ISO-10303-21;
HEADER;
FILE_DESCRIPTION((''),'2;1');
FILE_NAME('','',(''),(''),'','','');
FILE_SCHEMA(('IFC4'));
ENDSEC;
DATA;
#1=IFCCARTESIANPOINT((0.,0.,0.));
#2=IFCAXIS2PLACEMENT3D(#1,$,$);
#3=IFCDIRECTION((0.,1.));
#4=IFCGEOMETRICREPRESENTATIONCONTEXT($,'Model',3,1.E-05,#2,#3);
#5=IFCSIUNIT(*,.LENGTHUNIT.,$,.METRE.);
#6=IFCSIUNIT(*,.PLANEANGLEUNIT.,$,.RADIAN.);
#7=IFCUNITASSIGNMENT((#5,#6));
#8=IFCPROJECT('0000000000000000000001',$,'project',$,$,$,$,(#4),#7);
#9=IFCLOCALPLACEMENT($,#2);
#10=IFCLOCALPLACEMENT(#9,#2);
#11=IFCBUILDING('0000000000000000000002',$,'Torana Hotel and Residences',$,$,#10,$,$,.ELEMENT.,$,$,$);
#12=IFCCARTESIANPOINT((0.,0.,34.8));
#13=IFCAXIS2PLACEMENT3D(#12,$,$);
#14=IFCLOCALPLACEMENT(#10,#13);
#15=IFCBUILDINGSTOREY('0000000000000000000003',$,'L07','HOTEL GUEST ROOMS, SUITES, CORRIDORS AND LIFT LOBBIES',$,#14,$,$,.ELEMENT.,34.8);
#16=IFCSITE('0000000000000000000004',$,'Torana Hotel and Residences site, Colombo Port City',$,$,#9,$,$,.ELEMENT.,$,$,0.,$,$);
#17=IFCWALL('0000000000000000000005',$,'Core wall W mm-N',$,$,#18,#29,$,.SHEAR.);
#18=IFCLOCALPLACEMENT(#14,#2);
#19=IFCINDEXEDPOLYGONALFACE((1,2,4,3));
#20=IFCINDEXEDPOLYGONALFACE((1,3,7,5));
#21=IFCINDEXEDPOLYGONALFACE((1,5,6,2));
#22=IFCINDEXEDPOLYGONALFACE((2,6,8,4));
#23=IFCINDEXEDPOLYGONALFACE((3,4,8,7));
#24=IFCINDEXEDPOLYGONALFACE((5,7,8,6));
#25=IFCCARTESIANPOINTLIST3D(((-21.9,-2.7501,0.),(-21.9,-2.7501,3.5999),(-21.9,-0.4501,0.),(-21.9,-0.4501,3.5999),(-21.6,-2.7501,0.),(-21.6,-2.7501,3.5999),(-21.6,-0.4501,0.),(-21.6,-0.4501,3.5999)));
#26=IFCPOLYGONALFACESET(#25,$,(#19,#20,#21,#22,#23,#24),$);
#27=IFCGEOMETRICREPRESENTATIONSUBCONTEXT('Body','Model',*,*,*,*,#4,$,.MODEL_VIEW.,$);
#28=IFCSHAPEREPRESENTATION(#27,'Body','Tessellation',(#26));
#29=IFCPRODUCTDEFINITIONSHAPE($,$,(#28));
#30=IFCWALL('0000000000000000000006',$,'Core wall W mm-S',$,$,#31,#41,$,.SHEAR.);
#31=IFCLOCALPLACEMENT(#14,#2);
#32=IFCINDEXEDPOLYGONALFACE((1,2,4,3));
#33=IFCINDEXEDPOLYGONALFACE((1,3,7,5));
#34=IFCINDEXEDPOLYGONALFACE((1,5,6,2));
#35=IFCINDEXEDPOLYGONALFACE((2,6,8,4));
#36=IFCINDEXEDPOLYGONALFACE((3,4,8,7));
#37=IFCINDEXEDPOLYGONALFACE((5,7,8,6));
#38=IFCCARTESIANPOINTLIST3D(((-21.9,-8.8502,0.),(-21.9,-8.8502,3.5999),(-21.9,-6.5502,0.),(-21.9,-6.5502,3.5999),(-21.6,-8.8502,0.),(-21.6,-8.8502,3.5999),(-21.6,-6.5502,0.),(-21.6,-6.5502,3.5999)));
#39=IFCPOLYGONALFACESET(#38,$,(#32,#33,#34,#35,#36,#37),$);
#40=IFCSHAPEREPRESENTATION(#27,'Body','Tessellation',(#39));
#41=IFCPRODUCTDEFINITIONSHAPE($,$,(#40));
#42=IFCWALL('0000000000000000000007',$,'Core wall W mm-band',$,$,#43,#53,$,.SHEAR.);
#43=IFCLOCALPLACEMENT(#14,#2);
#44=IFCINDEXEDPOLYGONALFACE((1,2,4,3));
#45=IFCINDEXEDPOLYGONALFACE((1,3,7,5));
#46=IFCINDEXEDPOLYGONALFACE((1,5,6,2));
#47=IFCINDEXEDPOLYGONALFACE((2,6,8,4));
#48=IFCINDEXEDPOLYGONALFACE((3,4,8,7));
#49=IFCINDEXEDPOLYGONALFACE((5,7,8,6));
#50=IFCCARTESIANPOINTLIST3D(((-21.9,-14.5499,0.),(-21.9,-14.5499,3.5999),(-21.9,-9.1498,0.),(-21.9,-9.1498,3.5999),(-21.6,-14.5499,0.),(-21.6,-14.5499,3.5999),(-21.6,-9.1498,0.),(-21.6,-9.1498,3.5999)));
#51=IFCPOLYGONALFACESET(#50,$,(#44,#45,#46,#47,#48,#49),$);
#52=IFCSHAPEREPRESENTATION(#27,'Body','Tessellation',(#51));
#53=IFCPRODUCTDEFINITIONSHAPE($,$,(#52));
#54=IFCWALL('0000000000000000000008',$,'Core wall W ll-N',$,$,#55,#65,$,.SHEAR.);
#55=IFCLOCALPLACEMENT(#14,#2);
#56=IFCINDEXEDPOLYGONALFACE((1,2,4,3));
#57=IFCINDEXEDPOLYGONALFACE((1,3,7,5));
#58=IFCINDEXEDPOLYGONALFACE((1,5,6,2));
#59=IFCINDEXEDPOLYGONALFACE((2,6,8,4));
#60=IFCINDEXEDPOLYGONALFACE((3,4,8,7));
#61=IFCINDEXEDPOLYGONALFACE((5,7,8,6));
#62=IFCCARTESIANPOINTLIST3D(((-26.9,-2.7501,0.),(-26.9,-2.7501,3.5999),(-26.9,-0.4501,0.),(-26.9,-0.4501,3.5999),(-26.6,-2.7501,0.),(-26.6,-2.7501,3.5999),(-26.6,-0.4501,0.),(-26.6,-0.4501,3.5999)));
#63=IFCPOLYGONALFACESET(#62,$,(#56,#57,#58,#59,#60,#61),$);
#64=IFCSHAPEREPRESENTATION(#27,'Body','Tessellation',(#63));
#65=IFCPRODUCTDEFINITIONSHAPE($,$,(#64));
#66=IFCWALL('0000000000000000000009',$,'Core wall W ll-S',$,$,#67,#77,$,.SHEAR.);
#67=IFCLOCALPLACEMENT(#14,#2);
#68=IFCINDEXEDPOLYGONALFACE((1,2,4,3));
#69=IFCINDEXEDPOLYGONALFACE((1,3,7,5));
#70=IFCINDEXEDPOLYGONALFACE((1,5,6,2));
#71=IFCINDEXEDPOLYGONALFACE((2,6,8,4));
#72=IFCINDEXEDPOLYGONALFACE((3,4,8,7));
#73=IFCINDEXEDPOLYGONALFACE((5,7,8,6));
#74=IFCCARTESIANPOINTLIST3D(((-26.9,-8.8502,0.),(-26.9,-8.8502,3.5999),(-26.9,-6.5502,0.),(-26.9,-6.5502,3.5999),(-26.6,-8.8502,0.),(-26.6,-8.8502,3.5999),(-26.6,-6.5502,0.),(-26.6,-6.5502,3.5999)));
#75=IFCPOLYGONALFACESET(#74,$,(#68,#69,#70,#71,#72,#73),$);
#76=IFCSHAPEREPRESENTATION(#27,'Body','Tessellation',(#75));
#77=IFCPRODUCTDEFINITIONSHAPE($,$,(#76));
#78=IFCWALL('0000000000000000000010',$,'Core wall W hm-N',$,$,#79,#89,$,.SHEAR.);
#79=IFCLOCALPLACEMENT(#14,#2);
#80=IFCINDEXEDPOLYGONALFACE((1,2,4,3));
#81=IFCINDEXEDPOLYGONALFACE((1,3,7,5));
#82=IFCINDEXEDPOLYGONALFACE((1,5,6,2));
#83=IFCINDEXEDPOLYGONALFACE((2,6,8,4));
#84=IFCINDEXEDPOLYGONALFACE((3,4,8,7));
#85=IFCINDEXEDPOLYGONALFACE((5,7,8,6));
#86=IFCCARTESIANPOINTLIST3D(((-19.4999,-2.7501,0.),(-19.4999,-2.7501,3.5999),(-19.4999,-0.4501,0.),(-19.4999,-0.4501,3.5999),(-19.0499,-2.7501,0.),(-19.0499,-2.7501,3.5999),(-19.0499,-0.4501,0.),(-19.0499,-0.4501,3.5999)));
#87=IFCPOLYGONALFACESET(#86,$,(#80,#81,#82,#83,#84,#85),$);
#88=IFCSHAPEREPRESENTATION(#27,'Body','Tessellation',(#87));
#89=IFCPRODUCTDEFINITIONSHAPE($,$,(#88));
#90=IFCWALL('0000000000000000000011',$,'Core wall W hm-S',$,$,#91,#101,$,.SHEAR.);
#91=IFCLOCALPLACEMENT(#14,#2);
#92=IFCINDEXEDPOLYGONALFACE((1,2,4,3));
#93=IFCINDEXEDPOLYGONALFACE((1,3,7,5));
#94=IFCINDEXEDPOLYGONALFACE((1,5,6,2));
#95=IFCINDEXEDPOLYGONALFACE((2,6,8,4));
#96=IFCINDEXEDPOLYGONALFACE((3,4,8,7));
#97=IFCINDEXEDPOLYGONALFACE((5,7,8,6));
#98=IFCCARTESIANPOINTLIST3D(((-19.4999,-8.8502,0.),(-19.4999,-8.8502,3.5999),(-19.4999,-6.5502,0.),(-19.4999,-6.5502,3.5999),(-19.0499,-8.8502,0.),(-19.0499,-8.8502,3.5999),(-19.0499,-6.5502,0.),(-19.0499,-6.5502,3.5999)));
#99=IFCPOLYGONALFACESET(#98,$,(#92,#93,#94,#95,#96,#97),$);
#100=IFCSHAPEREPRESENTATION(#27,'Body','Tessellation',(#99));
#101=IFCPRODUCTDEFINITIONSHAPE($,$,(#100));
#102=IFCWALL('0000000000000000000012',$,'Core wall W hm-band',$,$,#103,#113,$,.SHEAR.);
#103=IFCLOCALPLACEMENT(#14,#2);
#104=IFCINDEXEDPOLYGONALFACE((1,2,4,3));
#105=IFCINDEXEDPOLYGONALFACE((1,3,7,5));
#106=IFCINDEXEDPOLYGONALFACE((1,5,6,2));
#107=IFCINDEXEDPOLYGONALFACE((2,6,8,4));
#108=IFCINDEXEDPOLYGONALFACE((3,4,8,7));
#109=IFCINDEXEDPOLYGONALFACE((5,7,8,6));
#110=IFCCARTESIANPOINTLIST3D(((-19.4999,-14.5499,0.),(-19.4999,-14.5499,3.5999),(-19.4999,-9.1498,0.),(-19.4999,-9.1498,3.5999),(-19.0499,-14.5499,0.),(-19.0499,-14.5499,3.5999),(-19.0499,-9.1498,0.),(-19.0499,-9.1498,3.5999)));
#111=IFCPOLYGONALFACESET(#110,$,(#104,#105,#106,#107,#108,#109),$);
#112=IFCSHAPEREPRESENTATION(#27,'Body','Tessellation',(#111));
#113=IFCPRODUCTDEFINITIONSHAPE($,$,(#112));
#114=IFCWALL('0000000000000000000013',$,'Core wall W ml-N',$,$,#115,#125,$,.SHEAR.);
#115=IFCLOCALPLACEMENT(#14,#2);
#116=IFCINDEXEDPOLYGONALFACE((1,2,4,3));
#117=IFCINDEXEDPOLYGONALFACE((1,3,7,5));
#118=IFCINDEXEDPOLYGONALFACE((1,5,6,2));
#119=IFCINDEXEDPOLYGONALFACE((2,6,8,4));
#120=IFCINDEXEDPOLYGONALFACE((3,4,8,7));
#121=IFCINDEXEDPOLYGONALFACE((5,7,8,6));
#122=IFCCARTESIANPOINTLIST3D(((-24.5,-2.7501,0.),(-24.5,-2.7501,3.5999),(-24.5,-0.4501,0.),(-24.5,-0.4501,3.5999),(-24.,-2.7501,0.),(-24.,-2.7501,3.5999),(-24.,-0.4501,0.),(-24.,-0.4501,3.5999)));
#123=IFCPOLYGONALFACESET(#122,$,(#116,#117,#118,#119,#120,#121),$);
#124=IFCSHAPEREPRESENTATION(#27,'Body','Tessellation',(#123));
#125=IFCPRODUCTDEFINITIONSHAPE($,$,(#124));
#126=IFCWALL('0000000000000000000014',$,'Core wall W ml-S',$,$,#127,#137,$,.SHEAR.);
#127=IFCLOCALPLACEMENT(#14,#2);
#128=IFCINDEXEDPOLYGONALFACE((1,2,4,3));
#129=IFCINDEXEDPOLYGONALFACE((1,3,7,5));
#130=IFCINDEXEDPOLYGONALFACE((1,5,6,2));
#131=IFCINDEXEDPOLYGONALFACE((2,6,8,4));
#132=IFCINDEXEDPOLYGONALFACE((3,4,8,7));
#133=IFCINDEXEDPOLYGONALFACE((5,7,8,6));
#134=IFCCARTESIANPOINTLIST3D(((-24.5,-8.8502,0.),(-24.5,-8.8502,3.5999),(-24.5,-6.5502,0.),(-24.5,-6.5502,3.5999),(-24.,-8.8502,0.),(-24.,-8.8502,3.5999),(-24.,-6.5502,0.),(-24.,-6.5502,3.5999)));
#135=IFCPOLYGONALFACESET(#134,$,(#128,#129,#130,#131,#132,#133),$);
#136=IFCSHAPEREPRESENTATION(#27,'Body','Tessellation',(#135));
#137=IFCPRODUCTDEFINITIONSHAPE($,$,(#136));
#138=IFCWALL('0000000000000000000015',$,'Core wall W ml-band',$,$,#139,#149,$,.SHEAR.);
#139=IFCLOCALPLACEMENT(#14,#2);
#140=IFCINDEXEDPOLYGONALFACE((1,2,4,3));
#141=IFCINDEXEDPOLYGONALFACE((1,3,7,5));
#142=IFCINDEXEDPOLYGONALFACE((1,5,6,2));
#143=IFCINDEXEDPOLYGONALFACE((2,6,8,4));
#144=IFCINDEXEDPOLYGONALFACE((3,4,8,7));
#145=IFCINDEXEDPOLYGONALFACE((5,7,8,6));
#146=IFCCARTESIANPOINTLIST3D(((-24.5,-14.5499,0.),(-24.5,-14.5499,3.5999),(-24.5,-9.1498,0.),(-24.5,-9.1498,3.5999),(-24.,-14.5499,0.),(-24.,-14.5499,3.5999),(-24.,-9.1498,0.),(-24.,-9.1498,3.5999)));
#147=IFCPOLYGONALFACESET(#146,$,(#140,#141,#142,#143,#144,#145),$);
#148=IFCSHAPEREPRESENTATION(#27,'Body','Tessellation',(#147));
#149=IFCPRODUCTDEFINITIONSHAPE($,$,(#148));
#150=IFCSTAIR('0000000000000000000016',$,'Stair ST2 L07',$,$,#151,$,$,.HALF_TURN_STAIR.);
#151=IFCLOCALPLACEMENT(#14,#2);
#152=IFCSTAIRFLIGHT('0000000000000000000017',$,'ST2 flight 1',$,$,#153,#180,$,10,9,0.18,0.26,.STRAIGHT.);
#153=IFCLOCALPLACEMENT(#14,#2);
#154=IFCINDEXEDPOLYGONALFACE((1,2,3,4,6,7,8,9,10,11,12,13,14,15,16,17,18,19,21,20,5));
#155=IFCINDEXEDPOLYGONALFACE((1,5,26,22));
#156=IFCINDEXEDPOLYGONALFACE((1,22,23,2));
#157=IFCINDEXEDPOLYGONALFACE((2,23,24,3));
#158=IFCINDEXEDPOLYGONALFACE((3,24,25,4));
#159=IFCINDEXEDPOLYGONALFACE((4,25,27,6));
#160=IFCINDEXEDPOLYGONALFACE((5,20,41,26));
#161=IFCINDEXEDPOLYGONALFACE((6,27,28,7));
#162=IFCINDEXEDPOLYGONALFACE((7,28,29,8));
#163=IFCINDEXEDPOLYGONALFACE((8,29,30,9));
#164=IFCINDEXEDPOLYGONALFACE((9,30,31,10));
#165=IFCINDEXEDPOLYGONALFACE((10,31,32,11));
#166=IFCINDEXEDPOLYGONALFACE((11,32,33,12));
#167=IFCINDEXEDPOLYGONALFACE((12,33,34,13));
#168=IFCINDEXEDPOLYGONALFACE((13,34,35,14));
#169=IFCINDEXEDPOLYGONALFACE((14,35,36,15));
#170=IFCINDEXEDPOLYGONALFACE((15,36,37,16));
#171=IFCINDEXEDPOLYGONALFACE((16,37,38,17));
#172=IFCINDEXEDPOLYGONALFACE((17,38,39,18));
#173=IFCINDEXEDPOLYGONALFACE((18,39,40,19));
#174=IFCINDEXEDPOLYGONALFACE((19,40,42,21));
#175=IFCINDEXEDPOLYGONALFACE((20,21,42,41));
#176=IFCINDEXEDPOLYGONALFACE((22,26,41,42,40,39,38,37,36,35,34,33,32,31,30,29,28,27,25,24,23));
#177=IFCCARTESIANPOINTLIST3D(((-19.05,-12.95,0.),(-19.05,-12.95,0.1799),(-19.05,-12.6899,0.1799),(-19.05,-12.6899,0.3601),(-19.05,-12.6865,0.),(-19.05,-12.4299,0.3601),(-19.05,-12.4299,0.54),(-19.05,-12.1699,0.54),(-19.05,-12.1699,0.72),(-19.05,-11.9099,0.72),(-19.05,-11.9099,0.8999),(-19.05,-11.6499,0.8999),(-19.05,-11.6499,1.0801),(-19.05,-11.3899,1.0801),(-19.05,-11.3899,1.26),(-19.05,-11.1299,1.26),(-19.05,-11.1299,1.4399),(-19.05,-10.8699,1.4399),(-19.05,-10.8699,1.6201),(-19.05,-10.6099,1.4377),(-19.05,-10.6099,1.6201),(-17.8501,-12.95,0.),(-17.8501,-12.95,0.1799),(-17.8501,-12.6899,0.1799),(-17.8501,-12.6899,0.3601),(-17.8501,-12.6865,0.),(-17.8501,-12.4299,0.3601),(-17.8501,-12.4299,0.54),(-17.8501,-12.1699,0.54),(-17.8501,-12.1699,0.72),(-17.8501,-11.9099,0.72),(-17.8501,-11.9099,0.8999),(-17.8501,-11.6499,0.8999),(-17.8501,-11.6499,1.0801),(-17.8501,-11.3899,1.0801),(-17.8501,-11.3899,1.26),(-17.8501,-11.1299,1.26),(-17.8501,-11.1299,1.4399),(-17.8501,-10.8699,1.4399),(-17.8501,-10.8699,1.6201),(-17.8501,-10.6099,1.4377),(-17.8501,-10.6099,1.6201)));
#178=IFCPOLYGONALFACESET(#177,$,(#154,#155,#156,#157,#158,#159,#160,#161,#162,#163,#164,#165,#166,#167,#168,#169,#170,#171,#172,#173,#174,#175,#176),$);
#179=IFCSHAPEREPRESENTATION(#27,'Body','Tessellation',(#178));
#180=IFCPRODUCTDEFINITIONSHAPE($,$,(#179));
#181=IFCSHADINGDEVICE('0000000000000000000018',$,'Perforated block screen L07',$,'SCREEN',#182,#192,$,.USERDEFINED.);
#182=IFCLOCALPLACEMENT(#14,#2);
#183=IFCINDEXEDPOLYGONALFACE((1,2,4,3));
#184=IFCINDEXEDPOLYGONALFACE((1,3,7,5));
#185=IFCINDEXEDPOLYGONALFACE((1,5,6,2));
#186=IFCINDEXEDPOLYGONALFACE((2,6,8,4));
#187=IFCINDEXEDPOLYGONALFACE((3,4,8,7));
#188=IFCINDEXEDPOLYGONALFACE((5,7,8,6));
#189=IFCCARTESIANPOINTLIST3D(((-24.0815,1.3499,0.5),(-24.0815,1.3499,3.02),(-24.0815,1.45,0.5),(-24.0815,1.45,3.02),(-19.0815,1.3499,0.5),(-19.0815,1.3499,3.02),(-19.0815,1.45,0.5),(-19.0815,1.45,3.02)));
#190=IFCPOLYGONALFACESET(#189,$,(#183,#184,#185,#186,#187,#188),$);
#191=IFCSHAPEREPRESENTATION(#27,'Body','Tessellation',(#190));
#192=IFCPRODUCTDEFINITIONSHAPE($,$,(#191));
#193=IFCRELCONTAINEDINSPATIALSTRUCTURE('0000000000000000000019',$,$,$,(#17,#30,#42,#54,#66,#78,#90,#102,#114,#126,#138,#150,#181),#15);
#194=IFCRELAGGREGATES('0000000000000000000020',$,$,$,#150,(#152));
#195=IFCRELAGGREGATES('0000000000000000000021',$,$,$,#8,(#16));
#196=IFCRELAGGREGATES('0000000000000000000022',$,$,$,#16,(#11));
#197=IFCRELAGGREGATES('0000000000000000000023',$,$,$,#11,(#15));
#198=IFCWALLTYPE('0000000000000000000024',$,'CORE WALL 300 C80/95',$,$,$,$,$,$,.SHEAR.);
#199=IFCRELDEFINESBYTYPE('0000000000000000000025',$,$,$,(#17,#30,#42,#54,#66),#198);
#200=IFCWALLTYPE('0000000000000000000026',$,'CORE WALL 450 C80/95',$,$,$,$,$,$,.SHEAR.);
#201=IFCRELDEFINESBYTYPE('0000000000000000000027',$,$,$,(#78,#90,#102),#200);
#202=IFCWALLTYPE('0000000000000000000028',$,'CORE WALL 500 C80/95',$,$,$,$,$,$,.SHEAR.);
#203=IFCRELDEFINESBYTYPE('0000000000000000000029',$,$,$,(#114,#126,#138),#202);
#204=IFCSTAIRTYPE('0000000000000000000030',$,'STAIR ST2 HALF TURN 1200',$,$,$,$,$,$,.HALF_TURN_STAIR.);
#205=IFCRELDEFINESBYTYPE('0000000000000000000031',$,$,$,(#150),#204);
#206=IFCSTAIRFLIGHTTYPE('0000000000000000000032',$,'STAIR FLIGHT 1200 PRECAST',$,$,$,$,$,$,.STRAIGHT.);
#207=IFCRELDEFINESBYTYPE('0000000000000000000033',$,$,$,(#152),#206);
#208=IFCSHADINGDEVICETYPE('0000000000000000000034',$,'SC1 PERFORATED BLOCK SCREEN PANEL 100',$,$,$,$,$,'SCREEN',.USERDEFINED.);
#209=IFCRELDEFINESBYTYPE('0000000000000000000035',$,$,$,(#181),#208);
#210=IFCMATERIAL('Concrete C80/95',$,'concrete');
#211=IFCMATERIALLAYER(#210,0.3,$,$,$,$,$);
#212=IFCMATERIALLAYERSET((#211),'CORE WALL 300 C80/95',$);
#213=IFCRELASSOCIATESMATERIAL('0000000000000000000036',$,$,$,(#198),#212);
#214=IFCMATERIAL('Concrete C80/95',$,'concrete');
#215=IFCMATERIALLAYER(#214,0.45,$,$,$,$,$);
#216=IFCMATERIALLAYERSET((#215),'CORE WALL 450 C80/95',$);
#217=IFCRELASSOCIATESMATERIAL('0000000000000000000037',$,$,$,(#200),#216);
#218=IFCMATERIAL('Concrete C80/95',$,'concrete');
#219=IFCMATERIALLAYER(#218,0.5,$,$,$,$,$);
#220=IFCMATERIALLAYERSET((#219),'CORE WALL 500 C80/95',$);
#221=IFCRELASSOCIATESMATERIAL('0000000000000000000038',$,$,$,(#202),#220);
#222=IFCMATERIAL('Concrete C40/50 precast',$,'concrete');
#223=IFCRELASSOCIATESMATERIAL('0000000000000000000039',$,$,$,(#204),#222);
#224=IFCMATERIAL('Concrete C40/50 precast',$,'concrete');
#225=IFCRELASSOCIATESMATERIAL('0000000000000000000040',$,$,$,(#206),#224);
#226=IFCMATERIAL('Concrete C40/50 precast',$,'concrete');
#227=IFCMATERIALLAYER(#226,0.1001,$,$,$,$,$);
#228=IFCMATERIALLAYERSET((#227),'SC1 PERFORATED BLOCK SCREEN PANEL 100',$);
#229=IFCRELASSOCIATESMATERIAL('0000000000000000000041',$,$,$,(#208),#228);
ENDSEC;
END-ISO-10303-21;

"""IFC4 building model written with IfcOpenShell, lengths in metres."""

from ifc_helpers import new_model, si_unit, direction, frame, frame_2d, origin, origin_2d, place, context, subcontext, project, spatial, polyline, rectangle, outline, extrude, material, layer, layer_set, type_object, element, aggregate, save


model = new_model("IFC4")

# Units and contexts
model_context = context("Model", 3, precision=1e-05, world=origin(), true_north=direction((0.0, 1.0)))
body_context = subcontext(model_context, "Body", "Model", "MODEL_VIEW")
ifc_project = project(units=[si_unit("LENGTHUNIT", "METRE"), si_unit("PLANEANGLEUNIT", "RADIAN")], contexts=[model_context])

# Site, building, storey
site_placement = place(None, origin())
site = spatial("IfcSite", under=ifc_project, at=site_placement, Name="Torana Hotel and Residences site, Colombo Port City", CompositionType="ELEMENT", RefElevation=0.0)
building_placement = place(site_placement, origin())
building = spatial("IfcBuilding", under=site, at=building_placement, Name="Torana Hotel and Residences", CompositionType="ELEMENT")
storey_placement = place(building_placement, frame((0.0, 0.0, 34.8)))
storey = spatial("IfcBuildingStorey", under=building, at=storey_placement, Name="L07", Description="HOTEL GUEST ROOMS, SUITES, CORRIDORS AND LIFT LOBBIES", CompositionType="ELEMENT", Elevation=34.8)

# Walls
ifc_material_1 = material(Name="Concrete C80/95", Category="concrete")
ifc_layer_1 = layer(ifc_material_1, 0.3)
ifc_layer_set_1 = layer_set([ifc_layer_1], Name="CORE WALL 300 C80/95")
wall_type_1 = type_object("IfcWallType", Name="CORE WALL 300 C80/95", PredefinedType="SHEAR", material=ifc_layer_set_1)
for number, where, z_axis, x_axis, name in (
    (1, (-21.75, -2.75, 0.0), (0.0, 0.0, 1.0), (0.0, 1.0, 0.0), "Core wall W mm-N"),
    (2, (-21.75, -8.8501, 0.0), (0.0, 0.0, 1.0), (0.0, 1.0, 0.0), "Core wall W mm-S"),
):
    element("IfcWall", number, at=place(storey_placement, frame(where, z_axis=z_axis, x_axis=x_axis)), inside=storey, type_object=wall_type_1, Name=name, PredefinedType="SHEAR", context=body_context, shape_type="SweptSolid", body=[
        extrude(rectangle(XDim=2.3, YDim=0.3, at=frame_2d((1.1499, 0.0))), origin(), (0.0, 0.0, 1.0), 3.5999),
    ])
wall_1_placement = place(storey_placement, frame((-21.75, -14.55, 0.0), z_axis=(0.0, 0.0, 1.0), x_axis=(0.0, 1.0, 0.0)))
element("IfcWall", 3, at=wall_1_placement, inside=storey, type_object=wall_type_1, Name="Core wall W mm-band", PredefinedType="SHEAR", context=body_context, shape_type="SweptSolid", body=[
    extrude(rectangle(XDim=5.4001, YDim=0.3, at=frame_2d((2.7002, 0.0))), origin(), (0.0, 0.0, 1.0), 3.5999),
])
for number, where, z_axis, x_axis, name in (
    (4, (-26.75, -2.75, 0.0), (0.0, 0.0, 1.0), (0.0, 1.0, 0.0), "Core wall W ll-N"),
    (5, (-26.75, -8.8501, 0.0), (0.0, 0.0, 1.0), (0.0, 1.0, 0.0), "Core wall W ll-S"),
):
    element("IfcWall", number, at=place(storey_placement, frame(where, z_axis=z_axis, x_axis=x_axis)), inside=storey, type_object=wall_type_1, Name=name, PredefinedType="SHEAR", context=body_context, shape_type="SweptSolid", body=[
        extrude(rectangle(XDim=2.3, YDim=0.3, at=frame_2d((1.1499, 0.0))), origin(), (0.0, 0.0, 1.0), 3.5999),
    ])
ifc_material_2 = material(Name="Concrete C80/95", Category="concrete")
ifc_layer_2 = layer(ifc_material_2, 0.45)
ifc_layer_set_2 = layer_set([ifc_layer_2], Name="CORE WALL 450 C80/95")
wall_type_2 = type_object("IfcWallType", Name="CORE WALL 450 C80/95", PredefinedType="SHEAR", material=ifc_layer_set_2)
for number, where, z_axis, x_axis, name in (
    (6, (-19.2749, -2.75, 0.0), (0.0, 0.0, 1.0), (0.0, 1.0, 0.0), "Core wall W hm-N"),
    (7, (-19.2749, -8.8501, 0.0), (0.0, 0.0, 1.0), (0.0, 1.0, 0.0), "Core wall W hm-S"),
):
    element("IfcWall", number, at=place(storey_placement, frame(where, z_axis=z_axis, x_axis=x_axis)), inside=storey, type_object=wall_type_2, Name=name, PredefinedType="SHEAR", context=body_context, shape_type="SweptSolid", body=[
        extrude(rectangle(XDim=2.3, YDim=0.45, at=frame_2d((1.1499, 0.0))), origin(), (0.0, 0.0, 1.0), 3.5999),
    ])
wall_2_placement = place(storey_placement, frame((-19.2749, -14.55, 0.0), z_axis=(0.0, 0.0, 1.0), x_axis=(0.0, 1.0, 0.0)))
element("IfcWall", 8, at=wall_2_placement, inside=storey, type_object=wall_type_2, Name="Core wall W hm-band", PredefinedType="SHEAR", context=body_context, shape_type="SweptSolid", body=[
    extrude(rectangle(XDim=5.4001, YDim=0.45, at=frame_2d((2.7002, 0.0))), origin(), (0.0, 0.0, 1.0), 3.5999),
])
ifc_material_3 = material(Name="Concrete C80/95", Category="concrete")
ifc_layer_3 = layer(ifc_material_3, 0.5)
ifc_layer_set_3 = layer_set([ifc_layer_3], Name="CORE WALL 500 C80/95")
wall_type_3 = type_object("IfcWallType", Name="CORE WALL 500 C80/95", PredefinedType="SHEAR", material=ifc_layer_set_3)
for number, where, z_axis, x_axis, name in (
    (9, (-24.25, -2.75, 0.0), (0.0, 0.0, 1.0), (0.0, 1.0, 0.0), "Core wall W ml-N"),
    (10, (-24.25, -8.8501, 0.0), (0.0, 0.0, 1.0), (0.0, 1.0, 0.0), "Core wall W ml-S"),
):
    element("IfcWall", number, at=place(storey_placement, frame(where, z_axis=z_axis, x_axis=x_axis)), inside=storey, type_object=wall_type_3, Name=name, PredefinedType="SHEAR", context=body_context, shape_type="SweptSolid", body=[
        extrude(rectangle(XDim=2.3, YDim=0.5, at=frame_2d((1.1499, 0.0))), origin(), (0.0, 0.0, 1.0), 3.5999),
    ])
wall_3_placement = place(storey_placement, frame((-24.25, -14.55, 0.0), z_axis=(0.0, 0.0, 1.0), x_axis=(0.0, 1.0, 0.0)))
element("IfcWall", 11, at=wall_3_placement, inside=storey, type_object=wall_type_3, Name="Core wall W ml-band", PredefinedType="SHEAR", context=body_context, shape_type="SweptSolid", body=[
    extrude(rectangle(XDim=5.4001, YDim=0.5, at=frame_2d((2.7002, 0.0))), origin(), (0.0, 0.0, 1.0), 3.5999),
])

# Stair, stair flight
ifc_material_4 = material(Name="Concrete C40/50 precast", Category="concrete")
stair_type = type_object("IfcStairType", Name="STAIR ST2 HALF TURN 1200", PredefinedType="HALF_TURN_STAIR", material=ifc_material_4)
stair_placement = place(storey_placement, origin())
stair = element("IfcStair", 12, at=stair_placement, inside=storey, type_object=stair_type, Name="Stair ST2 L07", PredefinedType="HALF_TURN_STAIR")
ifc_material_5 = material(Name="Concrete C40/50 precast", Category="concrete")
stair_flight_type = type_object("IfcStairFlightType", Name="STAIR FLIGHT 1200 PRECAST", PredefinedType="STRAIGHT", material=ifc_material_5)
stair_flight_placement = place(storey_placement, frame((-18.45, -12.95, 0.0), z_axis=(0.0, 0.0, 1.0), x_axis=(0.0, 1.0, 0.0)))
stair_flight = element("IfcStairFlight", 13, at=stair_flight_placement, type_object=stair_flight_type, Name="ST2 flight 1", NumberOfRisers=10, NumberOfTreads=9, PredefinedType="STRAIGHT", RiserHeight=0.18, TreadLength=0.26, context=body_context, shape_type="SweptSolid", body=[
    extrude(outline(polyline([(0.0, 0.0), (0.0, 0.1799), (0.26, 0.1799), (0.26, 0.3601), (0.52, 0.3601), (0.52, 0.54), (0.78, 0.54), (0.78, 0.72), (1.04, 0.72), (1.04, 0.8999), (1.3, 0.8999), (1.3, 1.0801), (1.5601, 1.0801), (1.5601, 1.26), (1.8201, 1.26), (1.8201, 1.4399), (2.0801, 1.4399), (2.0801, 1.6201), (2.3401, 1.6201), (2.3401, 1.8), (2.3401, 1.4377), (0.2634, 0.0), (0.0, 0.0)])), frame((0.0, 0.6001, 0.0), z_axis=(0.0, -1.0, 0.0), x_axis=(1.0, 0.0, 0.0)), (0.0, 0.0, 1.0), 1.2),
])
aggregate(stair, [stair_flight])

# Shading device
ifc_material_6 = material(Name="Concrete C40/50 precast", Category="concrete")
ifc_layer_4 = layer(ifc_material_6, 0.1001)
ifc_layer_set_4 = layer_set([ifc_layer_4], Name="SC1 PERFORATED BLOCK SCREEN PANEL 100")
shading_device_type = type_object("IfcShadingDeviceType", Name="SC1 PERFORATED BLOCK SCREEN PANEL 100", ElementType="SCREEN", PredefinedType="USERDEFINED", material=ifc_layer_set_4)
shading_device_placement = place(storey_placement, frame((-21.5815, 1.3999, 0.5), z_axis=(0.0, 0.0, 1.0), x_axis=(-1.0, 0.0, 0.0)))
element("IfcShadingDevice", 14, at=shading_device_placement, inside=storey, type_object=shading_device_type, Name="Perforated block screen L07", ObjectType="SCREEN", PredefinedType="USERDEFINED", context=body_context, shape_type="SweptSolid", body=[
    extrude(rectangle(XDim=5.0, YDim=0.1001, at=origin_2d()), origin(), (0.0, 0.0, 1.0), 2.52),
])

save(model, "model.ifc")
